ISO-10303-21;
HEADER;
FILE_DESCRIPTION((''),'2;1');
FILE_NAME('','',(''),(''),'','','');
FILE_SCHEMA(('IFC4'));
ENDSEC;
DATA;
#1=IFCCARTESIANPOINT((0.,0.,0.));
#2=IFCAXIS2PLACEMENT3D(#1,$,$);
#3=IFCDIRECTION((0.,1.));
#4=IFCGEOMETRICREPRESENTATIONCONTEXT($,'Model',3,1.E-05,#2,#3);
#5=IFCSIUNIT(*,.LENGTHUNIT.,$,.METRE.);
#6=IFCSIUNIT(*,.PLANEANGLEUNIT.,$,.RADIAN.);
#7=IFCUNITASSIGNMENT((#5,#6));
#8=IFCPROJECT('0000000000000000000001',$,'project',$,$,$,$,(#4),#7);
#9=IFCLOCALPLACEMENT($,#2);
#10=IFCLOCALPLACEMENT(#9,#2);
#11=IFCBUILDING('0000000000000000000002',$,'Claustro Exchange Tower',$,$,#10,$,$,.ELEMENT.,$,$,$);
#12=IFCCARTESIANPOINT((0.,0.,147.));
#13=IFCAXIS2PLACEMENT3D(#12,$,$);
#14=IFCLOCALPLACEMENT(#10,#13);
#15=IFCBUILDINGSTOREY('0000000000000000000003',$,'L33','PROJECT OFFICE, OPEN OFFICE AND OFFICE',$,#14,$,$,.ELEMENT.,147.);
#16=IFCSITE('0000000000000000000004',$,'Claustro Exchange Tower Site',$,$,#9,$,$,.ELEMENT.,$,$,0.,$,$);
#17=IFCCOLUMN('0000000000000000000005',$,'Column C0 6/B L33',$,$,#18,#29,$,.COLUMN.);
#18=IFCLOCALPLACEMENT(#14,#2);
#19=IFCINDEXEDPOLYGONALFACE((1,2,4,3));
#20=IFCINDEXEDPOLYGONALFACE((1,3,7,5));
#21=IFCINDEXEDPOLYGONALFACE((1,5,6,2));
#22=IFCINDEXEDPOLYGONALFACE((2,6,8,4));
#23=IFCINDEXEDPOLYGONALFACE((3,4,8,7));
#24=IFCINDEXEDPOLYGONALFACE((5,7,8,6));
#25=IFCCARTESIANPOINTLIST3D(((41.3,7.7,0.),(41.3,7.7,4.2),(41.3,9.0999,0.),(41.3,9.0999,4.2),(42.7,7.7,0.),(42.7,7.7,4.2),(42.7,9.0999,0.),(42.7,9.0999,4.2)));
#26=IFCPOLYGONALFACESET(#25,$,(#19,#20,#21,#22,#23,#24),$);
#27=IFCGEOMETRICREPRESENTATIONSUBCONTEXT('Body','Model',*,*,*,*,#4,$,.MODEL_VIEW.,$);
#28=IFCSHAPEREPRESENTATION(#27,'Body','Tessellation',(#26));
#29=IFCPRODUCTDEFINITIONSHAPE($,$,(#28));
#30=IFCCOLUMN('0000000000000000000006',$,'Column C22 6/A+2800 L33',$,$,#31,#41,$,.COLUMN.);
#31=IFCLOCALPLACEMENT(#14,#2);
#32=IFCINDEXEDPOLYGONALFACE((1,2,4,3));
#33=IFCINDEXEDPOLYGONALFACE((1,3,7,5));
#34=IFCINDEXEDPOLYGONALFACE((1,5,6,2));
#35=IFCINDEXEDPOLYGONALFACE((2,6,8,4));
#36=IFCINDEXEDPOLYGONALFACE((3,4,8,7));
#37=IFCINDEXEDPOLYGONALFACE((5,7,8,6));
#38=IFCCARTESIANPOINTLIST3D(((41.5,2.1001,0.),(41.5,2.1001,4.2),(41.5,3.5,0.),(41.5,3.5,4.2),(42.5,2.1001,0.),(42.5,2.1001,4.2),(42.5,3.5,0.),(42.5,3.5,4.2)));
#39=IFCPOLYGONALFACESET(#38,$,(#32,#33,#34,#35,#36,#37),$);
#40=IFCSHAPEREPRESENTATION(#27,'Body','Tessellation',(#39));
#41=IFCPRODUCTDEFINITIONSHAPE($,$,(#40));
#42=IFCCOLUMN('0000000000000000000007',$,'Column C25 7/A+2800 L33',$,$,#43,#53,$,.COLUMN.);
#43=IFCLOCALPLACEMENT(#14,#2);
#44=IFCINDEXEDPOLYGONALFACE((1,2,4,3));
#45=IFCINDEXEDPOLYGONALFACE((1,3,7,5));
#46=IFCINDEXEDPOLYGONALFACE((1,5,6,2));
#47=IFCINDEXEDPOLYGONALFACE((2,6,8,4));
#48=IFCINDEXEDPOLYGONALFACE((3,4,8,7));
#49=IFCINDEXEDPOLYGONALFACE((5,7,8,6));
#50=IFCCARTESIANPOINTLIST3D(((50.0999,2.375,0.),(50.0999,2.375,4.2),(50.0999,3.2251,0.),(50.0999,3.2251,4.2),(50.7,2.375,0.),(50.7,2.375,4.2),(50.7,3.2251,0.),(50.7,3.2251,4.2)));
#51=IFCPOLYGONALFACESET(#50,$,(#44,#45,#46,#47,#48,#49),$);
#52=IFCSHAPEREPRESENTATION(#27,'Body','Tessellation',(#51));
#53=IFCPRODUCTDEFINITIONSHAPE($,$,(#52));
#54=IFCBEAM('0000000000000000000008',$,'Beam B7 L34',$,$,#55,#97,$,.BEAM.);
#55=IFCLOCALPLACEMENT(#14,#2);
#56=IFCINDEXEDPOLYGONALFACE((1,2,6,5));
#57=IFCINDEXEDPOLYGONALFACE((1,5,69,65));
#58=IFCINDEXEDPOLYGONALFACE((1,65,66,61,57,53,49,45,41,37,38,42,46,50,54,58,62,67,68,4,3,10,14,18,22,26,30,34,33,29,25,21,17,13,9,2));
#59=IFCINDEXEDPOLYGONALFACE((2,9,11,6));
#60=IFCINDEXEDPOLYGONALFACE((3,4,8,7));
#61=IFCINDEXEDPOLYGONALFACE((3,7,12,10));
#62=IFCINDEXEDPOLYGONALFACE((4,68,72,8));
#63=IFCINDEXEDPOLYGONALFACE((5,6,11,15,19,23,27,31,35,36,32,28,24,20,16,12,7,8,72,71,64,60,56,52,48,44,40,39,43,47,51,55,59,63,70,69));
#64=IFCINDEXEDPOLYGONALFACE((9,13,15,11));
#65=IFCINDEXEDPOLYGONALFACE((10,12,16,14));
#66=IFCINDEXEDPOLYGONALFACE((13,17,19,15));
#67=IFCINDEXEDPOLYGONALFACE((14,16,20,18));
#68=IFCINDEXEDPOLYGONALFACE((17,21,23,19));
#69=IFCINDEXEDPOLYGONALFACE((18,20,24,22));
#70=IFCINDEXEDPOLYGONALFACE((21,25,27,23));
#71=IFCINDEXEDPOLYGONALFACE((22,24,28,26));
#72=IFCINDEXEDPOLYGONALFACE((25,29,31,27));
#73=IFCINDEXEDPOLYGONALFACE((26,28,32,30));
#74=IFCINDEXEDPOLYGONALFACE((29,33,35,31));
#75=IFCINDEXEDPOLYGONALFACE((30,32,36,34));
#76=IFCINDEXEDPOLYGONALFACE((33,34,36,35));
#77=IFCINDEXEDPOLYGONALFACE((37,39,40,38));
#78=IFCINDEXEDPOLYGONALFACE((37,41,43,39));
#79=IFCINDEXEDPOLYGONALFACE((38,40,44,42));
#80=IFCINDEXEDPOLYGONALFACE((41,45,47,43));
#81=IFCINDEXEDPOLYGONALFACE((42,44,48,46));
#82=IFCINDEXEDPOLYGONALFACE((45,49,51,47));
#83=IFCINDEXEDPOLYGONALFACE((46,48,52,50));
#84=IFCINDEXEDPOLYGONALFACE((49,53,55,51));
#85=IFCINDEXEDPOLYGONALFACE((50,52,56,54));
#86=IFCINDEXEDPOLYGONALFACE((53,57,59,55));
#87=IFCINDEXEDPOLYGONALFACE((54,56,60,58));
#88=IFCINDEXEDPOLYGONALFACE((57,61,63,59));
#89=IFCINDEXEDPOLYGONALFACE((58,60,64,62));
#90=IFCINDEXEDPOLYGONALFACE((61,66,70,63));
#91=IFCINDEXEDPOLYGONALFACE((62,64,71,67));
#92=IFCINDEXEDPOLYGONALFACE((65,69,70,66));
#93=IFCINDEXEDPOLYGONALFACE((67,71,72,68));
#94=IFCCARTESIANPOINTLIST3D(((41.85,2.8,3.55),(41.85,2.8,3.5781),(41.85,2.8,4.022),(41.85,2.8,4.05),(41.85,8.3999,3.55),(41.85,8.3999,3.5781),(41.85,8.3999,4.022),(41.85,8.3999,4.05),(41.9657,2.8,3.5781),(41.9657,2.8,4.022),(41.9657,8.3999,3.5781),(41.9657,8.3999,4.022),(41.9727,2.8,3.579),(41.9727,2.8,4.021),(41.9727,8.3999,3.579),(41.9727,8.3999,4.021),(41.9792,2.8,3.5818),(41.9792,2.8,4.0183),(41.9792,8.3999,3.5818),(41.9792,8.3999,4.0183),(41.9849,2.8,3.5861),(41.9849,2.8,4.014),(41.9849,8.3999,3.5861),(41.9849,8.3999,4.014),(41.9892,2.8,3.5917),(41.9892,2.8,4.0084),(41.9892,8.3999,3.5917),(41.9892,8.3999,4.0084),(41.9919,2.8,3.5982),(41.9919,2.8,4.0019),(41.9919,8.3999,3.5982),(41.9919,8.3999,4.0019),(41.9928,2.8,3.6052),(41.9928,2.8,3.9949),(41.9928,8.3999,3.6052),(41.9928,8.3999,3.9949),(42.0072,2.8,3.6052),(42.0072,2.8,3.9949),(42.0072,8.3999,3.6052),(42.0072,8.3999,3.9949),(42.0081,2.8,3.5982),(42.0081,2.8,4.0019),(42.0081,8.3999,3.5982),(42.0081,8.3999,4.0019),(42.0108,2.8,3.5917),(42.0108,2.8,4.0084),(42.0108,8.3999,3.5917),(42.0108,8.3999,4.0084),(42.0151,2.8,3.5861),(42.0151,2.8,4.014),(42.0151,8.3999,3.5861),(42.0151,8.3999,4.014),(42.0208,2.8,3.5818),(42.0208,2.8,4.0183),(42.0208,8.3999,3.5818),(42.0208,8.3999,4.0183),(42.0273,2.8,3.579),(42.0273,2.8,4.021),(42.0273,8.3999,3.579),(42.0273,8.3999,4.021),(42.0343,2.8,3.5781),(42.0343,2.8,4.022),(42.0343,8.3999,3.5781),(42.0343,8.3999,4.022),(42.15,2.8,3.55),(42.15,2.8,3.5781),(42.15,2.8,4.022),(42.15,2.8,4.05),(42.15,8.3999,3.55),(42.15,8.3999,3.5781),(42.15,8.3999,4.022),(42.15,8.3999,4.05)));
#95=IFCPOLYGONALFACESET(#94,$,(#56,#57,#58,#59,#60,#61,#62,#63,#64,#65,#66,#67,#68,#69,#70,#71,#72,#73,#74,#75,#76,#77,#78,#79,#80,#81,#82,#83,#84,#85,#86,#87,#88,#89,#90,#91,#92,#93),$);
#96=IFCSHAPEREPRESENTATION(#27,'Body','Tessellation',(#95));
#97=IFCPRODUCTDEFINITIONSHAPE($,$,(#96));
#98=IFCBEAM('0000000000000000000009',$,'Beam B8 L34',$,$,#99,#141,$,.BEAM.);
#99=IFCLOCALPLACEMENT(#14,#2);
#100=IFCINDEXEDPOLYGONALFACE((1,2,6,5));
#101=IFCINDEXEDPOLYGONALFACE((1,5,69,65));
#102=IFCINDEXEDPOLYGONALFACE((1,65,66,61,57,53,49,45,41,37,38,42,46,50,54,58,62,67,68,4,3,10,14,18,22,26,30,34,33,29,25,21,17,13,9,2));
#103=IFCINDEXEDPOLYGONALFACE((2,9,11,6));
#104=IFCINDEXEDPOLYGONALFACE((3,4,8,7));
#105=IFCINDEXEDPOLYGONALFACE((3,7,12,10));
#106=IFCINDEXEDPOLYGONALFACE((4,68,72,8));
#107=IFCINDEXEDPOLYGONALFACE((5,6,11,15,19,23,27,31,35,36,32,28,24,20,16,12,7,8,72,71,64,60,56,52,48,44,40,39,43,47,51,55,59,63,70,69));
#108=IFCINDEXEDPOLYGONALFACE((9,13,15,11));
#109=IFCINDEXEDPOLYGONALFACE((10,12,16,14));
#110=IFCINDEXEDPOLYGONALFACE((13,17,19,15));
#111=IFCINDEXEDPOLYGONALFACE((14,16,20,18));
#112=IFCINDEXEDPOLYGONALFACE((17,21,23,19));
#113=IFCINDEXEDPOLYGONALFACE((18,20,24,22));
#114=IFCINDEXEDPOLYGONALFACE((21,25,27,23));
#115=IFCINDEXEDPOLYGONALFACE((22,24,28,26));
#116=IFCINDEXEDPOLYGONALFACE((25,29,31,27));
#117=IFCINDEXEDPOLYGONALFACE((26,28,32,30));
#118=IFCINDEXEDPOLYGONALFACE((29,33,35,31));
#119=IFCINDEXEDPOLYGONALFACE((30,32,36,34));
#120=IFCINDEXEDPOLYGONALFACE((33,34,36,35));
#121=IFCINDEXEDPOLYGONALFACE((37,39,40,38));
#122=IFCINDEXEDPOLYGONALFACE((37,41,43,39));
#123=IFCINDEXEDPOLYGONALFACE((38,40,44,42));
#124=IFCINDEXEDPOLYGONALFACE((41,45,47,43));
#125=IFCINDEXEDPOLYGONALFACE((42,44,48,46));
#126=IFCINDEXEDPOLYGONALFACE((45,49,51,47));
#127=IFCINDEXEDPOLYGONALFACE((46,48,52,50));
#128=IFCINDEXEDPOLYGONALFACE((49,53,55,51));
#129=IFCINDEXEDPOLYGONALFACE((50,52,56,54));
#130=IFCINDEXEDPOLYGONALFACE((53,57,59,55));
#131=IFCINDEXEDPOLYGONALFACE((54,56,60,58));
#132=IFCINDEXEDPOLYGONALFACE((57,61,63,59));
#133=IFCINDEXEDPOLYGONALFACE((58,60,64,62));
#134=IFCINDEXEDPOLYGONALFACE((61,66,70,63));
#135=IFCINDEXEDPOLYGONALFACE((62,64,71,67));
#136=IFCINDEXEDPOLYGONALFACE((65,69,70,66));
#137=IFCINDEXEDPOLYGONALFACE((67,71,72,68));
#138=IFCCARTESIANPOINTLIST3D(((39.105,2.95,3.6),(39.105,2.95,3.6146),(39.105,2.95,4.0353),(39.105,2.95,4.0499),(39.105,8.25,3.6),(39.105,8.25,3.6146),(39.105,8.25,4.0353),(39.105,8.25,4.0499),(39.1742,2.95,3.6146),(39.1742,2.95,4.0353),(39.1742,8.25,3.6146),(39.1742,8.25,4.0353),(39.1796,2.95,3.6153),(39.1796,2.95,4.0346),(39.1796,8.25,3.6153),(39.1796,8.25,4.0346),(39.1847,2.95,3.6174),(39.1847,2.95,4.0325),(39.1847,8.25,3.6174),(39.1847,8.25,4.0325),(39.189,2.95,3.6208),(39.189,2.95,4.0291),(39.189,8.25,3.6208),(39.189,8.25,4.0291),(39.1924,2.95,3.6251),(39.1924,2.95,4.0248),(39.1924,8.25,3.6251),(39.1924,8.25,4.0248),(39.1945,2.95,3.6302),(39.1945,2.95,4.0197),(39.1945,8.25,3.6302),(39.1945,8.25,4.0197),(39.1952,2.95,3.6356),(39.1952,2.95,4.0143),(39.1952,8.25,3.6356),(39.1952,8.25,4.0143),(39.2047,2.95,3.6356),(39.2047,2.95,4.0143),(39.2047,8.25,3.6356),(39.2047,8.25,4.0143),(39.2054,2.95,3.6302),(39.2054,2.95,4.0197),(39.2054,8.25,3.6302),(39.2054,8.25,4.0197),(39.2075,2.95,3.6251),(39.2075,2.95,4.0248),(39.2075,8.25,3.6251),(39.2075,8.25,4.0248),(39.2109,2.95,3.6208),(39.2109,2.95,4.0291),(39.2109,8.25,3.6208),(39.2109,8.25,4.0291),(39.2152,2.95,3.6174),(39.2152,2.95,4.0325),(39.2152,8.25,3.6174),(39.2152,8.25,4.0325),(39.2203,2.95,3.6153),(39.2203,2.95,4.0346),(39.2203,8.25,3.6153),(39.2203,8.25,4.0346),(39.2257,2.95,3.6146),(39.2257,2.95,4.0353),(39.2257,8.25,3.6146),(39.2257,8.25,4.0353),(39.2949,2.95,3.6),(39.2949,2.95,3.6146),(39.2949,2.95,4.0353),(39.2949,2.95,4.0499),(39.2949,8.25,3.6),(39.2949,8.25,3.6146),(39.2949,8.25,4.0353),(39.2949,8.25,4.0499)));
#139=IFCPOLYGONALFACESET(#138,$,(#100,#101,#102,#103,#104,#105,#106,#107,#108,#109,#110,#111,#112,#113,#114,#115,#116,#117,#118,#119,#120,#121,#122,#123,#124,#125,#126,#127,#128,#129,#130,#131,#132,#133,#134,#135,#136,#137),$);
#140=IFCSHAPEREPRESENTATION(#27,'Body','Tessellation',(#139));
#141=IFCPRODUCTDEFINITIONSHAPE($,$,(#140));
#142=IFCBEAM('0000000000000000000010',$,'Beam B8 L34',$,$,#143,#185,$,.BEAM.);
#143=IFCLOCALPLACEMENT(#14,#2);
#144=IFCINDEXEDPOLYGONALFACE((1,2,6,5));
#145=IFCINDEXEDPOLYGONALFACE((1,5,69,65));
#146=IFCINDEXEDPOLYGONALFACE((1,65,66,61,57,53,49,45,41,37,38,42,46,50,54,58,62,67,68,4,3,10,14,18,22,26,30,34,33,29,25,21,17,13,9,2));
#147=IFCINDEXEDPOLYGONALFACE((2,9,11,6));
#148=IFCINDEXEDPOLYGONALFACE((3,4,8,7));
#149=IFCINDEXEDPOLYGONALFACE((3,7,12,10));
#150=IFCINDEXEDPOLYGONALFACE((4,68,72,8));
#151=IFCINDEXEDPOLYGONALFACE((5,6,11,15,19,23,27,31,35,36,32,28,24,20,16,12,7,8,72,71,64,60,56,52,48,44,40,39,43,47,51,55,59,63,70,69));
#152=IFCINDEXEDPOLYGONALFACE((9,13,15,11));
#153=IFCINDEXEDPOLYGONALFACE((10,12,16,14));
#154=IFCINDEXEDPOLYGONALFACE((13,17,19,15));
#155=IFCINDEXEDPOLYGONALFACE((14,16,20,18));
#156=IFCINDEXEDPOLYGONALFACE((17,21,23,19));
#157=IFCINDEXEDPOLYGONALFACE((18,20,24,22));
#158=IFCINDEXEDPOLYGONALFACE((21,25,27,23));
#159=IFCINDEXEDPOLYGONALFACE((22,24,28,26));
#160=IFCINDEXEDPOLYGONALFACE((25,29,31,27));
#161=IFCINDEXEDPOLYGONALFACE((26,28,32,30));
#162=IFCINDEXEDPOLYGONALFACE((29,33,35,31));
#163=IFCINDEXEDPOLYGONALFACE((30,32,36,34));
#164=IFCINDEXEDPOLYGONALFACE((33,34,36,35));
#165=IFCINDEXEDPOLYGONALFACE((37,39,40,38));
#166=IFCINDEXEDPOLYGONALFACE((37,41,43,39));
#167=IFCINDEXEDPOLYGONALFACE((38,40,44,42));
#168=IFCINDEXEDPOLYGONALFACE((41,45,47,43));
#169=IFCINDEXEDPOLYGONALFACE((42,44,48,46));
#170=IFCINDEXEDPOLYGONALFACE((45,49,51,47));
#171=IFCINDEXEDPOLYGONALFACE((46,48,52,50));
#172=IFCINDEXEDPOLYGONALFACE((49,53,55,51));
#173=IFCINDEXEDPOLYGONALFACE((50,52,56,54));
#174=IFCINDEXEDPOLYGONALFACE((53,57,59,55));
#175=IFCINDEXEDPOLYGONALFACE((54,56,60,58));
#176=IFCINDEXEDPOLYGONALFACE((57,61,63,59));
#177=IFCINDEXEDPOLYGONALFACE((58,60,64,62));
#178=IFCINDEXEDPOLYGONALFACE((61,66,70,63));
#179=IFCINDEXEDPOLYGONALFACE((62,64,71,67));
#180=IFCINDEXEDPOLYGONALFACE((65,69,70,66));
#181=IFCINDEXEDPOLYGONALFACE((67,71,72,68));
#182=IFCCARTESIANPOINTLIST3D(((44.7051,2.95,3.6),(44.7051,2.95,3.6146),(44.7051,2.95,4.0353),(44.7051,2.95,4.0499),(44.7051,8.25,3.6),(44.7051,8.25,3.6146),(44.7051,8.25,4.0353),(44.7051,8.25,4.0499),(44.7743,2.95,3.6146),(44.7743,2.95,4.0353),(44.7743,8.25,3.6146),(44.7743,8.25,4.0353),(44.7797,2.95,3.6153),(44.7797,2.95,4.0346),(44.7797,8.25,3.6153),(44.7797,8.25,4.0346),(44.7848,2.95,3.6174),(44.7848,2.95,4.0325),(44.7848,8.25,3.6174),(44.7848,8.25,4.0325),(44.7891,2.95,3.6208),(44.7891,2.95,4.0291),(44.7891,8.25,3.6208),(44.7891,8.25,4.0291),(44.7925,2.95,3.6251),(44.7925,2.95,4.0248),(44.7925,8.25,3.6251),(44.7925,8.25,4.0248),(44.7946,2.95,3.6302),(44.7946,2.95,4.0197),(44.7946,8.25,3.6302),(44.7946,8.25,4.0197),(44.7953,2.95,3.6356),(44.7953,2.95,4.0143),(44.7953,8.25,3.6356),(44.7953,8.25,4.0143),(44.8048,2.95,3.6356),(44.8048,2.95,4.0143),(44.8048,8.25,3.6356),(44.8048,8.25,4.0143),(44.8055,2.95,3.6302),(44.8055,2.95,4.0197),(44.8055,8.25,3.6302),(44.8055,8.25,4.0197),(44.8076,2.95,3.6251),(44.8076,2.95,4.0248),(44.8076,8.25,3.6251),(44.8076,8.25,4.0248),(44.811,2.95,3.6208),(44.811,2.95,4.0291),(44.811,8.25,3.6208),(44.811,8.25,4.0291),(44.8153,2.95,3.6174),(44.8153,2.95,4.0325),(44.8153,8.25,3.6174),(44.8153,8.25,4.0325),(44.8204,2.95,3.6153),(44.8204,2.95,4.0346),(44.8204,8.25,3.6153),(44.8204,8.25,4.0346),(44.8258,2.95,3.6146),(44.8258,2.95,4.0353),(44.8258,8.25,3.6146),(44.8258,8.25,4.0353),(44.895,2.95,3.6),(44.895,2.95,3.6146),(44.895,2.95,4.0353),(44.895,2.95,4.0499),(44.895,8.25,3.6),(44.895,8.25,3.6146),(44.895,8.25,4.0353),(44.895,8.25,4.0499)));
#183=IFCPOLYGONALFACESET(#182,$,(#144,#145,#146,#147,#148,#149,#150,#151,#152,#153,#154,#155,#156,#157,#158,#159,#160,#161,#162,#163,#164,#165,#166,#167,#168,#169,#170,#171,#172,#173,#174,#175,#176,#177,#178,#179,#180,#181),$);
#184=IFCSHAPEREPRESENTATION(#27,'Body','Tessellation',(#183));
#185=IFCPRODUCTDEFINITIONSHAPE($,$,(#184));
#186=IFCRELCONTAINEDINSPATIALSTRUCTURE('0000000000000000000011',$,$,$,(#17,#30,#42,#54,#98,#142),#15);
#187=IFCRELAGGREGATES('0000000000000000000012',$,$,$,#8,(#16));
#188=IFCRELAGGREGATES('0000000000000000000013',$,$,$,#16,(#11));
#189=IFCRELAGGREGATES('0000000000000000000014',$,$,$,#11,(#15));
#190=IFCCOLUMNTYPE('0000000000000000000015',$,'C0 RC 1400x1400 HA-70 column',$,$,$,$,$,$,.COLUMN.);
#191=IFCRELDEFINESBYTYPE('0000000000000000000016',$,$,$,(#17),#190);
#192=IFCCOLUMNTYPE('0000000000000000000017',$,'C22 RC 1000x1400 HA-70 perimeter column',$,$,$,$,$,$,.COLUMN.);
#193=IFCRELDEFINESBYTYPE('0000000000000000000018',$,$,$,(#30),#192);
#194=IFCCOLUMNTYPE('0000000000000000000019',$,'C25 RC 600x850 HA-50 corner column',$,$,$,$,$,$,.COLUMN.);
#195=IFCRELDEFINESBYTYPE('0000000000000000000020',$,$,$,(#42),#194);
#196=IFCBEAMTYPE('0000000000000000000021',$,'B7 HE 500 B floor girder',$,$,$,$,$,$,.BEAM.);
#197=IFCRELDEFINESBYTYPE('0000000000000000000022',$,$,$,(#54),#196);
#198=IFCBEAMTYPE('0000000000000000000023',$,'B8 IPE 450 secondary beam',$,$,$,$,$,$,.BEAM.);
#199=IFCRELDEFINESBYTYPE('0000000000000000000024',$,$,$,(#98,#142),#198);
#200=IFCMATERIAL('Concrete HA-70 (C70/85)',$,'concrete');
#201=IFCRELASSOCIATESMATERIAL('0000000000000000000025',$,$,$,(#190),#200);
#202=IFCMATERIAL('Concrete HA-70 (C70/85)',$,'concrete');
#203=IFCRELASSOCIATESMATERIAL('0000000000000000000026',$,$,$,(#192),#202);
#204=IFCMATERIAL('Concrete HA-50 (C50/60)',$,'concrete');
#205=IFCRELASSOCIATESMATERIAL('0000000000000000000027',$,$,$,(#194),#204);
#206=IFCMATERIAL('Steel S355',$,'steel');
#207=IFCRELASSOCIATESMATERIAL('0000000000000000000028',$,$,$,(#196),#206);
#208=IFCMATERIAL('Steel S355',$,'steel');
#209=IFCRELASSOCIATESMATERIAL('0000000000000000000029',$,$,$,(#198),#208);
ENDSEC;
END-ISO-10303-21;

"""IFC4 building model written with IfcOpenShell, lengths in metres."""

from ifc_helpers import new_model, si_unit, direction, frame, origin, origin_2d, place, context, subcontext, project, spatial, rectangle, i_section, extrude, material, material_profile, profile_set, type_object, element, save


model = new_model("IFC4")

# Units and contexts
model_context = context("Model", 3, precision=1e-05, world=origin(), true_north=direction((0.0, 1.0)))
body_context = subcontext(model_context, "Body", "Model", "MODEL_VIEW")
ifc_project = project(units=[si_unit("LENGTHUNIT", "METRE"), si_unit("PLANEANGLEUNIT", "RADIAN")], contexts=[model_context])

# Site, building, storey
site_placement = place(None, origin())
site = spatial("IfcSite", under=ifc_project, at=site_placement, Name="Claustro Exchange Tower Site", CompositionType="ELEMENT", RefElevation=0.0)
building_placement = place(site_placement, origin())
building = spatial("IfcBuilding", under=site, at=building_placement, Name="Claustro Exchange Tower", CompositionType="ELEMENT")
storey_placement = place(building_placement, frame((0.0, 0.0, 147.0)))
storey = spatial("IfcBuildingStorey", under=building, at=storey_placement, Name="L33", Description="PROJECT OFFICE, OPEN OFFICE AND OFFICE", CompositionType="ELEMENT", Elevation=147.0)

# Columns
ifc_material_1 = material(Name="Concrete HA-70 (C70/85)", Category="concrete")
ifc_material_profile_1 = material_profile(ifc_material_1, rectangle(XDim=1.3999, YDim=1.3999, at=origin_2d()), Name="RC 1400x1400")
ifc_profile_set_1 = profile_set([ifc_material_profile_1], Name="Concrete HA-70 (C70/85)")
column_type_1 = type_object("IfcColumnType", Name="C0 RC 1400x1400 HA-70 column", PredefinedType="COLUMN", material=ifc_profile_set_1)
column_1_placement = place(storey_placement, frame((42.0, 8.3999, 0.0), z_axis=(0.0, 0.0, 1.0), x_axis=(1.0, 0.0, 0.0)))
element("IfcColumn", 1, at=column_1_placement, inside=storey, type_object=column_type_1, Name="Column C0 6/B L33", PredefinedType="COLUMN", context=body_context, shape_type="SweptSolid", body=[
    extrude(rectangle(XDim=1.3999, YDim=1.3999, at=origin_2d()), origin(), (0.0, 0.0, 1.0), 4.2),
])
ifc_material_2 = material(Name="Concrete HA-70 (C70/85)", Category="concrete")
ifc_material_profile_2 = material_profile(ifc_material_2, rectangle(XDim=1.0, YDim=1.3999, at=origin_2d()), Name="RC 1000x1400")
ifc_profile_set_2 = profile_set([ifc_material_profile_2], Name="Concrete HA-70 (C70/85)")
column_type_2 = type_object("IfcColumnType", Name="C22 RC 1000x1400 HA-70 perimeter column", PredefinedType="COLUMN", material=ifc_profile_set_2)
column_2_placement = place(storey_placement, frame((42.0, 2.8, 0.0), z_axis=(0.0, 0.0, 1.0), x_axis=(1.0, 0.0, 0.0)))
element("IfcColumn", 2, at=column_2_placement, inside=storey, type_object=column_type_2, Name="Column C22 6/A+2800 L33", PredefinedType="COLUMN", context=body_context, shape_type="SweptSolid", body=[
    extrude(rectangle(XDim=1.0, YDim=1.3999, at=origin_2d()), origin(), (0.0, 0.0, 1.0), 4.2),
])
ifc_material_3 = material(Name="Concrete HA-50 (C50/60)", Category="concrete")
ifc_material_profile_3 = material_profile(ifc_material_3, rectangle(XDim=0.6001, YDim=0.8501, at=origin_2d()), Name="RC 600x850")
ifc_profile_set_3 = profile_set([ifc_material_profile_3], Name="Concrete HA-50 (C50/60)")
column_type_3 = type_object("IfcColumnType", Name="C25 RC 600x850 HA-50 corner column", PredefinedType="COLUMN", material=ifc_profile_set_3)
column_3_placement = place(storey_placement, frame((50.3999, 2.8, 0.0), z_axis=(0.0, 0.0, 1.0), x_axis=(1.0, 0.0, 0.0)))
element("IfcColumn", 3, at=column_3_placement, inside=storey, type_object=column_type_3, Name="Column C25 7/A+2800 L33", PredefinedType="COLUMN", context=body_context, shape_type="SweptSolid", body=[
    extrude(rectangle(XDim=0.6001, YDim=0.8501, at=origin_2d()), origin(), (0.0, 0.0, 1.0), 4.2),
])

# Beams
ifc_material_4 = material(Name="Steel S355", Category="steel")
ifc_material_profile_4 = material_profile(ifc_material_4, i_section(OverallWidth=0.3, OverallDepth=0.5, WebThickness=0.0144, FlangeThickness=0.0281, FilletRadius=0.0271, at=origin_2d()), Name="HE 500 B")
ifc_profile_set_4 = profile_set([ifc_material_profile_4], Name="Steel S355")
beam_type_1 = type_object("IfcBeamType", Name="B7 HE 500 B floor girder", PredefinedType="BEAM", material=ifc_profile_set_4)
beam_1_placement = place(storey_placement, frame((42.0, 2.8, 3.8), z_axis=(0.0, 1.0, 0.0), x_axis=(-1.0, 0.0, 0.0)))
element("IfcBeam", 4, at=beam_1_placement, inside=storey, type_object=beam_type_1, Name="Beam B7 L34", PredefinedType="BEAM", context=body_context, shape_type="SweptSolid", body=[
    extrude(i_section(OverallWidth=0.3, OverallDepth=0.5, WebThickness=0.0144, FlangeThickness=0.0281, FilletRadius=0.0271, at=origin_2d()), origin(), (0.0, 0.0, 1.0), 5.5999),
])
ifc_material_5 = material(Name="Steel S355", Category="steel")
ifc_material_profile_5 = material_profile(ifc_material_5, i_section(OverallWidth=0.1899, OverallDepth=0.45, WebThickness=0.0095, FlangeThickness=0.0146, FilletRadius=0.021, at=origin_2d()), Name="IPE 450")
ifc_profile_set_5 = profile_set([ifc_material_profile_5], Name="Steel S355")
beam_type_2 = type_object("IfcBeamType", Name="B8 IPE 450 secondary beam", PredefinedType="BEAM", material=ifc_profile_set_5)
for number, where, z_axis, x_axis, name in (
    (5, (39.2, 2.95, 3.825), (0.0, 1.0, 0.0), (-1.0, 0.0, 0.0), "Beam B8 L34"),
    (6, (44.8, 2.95, 3.825), (0.0, 1.0, 0.0), (-1.0, 0.0, 0.0), "Beam B8 L34"),
):
    element("IfcBeam", number, at=place(storey_placement, frame(where, z_axis=z_axis, x_axis=x_axis)), inside=storey, type_object=beam_type_2, Name=name, PredefinedType="BEAM", context=body_context, shape_type="SweptSolid", body=[
        extrude(i_section(OverallWidth=0.1899, OverallDepth=0.45, WebThickness=0.0095, FlangeThickness=0.0146, FilletRadius=0.021, at=origin_2d()), origin(), (0.0, 0.0, 1.0), 5.3),
    ])

save(model, "model.ifc")
